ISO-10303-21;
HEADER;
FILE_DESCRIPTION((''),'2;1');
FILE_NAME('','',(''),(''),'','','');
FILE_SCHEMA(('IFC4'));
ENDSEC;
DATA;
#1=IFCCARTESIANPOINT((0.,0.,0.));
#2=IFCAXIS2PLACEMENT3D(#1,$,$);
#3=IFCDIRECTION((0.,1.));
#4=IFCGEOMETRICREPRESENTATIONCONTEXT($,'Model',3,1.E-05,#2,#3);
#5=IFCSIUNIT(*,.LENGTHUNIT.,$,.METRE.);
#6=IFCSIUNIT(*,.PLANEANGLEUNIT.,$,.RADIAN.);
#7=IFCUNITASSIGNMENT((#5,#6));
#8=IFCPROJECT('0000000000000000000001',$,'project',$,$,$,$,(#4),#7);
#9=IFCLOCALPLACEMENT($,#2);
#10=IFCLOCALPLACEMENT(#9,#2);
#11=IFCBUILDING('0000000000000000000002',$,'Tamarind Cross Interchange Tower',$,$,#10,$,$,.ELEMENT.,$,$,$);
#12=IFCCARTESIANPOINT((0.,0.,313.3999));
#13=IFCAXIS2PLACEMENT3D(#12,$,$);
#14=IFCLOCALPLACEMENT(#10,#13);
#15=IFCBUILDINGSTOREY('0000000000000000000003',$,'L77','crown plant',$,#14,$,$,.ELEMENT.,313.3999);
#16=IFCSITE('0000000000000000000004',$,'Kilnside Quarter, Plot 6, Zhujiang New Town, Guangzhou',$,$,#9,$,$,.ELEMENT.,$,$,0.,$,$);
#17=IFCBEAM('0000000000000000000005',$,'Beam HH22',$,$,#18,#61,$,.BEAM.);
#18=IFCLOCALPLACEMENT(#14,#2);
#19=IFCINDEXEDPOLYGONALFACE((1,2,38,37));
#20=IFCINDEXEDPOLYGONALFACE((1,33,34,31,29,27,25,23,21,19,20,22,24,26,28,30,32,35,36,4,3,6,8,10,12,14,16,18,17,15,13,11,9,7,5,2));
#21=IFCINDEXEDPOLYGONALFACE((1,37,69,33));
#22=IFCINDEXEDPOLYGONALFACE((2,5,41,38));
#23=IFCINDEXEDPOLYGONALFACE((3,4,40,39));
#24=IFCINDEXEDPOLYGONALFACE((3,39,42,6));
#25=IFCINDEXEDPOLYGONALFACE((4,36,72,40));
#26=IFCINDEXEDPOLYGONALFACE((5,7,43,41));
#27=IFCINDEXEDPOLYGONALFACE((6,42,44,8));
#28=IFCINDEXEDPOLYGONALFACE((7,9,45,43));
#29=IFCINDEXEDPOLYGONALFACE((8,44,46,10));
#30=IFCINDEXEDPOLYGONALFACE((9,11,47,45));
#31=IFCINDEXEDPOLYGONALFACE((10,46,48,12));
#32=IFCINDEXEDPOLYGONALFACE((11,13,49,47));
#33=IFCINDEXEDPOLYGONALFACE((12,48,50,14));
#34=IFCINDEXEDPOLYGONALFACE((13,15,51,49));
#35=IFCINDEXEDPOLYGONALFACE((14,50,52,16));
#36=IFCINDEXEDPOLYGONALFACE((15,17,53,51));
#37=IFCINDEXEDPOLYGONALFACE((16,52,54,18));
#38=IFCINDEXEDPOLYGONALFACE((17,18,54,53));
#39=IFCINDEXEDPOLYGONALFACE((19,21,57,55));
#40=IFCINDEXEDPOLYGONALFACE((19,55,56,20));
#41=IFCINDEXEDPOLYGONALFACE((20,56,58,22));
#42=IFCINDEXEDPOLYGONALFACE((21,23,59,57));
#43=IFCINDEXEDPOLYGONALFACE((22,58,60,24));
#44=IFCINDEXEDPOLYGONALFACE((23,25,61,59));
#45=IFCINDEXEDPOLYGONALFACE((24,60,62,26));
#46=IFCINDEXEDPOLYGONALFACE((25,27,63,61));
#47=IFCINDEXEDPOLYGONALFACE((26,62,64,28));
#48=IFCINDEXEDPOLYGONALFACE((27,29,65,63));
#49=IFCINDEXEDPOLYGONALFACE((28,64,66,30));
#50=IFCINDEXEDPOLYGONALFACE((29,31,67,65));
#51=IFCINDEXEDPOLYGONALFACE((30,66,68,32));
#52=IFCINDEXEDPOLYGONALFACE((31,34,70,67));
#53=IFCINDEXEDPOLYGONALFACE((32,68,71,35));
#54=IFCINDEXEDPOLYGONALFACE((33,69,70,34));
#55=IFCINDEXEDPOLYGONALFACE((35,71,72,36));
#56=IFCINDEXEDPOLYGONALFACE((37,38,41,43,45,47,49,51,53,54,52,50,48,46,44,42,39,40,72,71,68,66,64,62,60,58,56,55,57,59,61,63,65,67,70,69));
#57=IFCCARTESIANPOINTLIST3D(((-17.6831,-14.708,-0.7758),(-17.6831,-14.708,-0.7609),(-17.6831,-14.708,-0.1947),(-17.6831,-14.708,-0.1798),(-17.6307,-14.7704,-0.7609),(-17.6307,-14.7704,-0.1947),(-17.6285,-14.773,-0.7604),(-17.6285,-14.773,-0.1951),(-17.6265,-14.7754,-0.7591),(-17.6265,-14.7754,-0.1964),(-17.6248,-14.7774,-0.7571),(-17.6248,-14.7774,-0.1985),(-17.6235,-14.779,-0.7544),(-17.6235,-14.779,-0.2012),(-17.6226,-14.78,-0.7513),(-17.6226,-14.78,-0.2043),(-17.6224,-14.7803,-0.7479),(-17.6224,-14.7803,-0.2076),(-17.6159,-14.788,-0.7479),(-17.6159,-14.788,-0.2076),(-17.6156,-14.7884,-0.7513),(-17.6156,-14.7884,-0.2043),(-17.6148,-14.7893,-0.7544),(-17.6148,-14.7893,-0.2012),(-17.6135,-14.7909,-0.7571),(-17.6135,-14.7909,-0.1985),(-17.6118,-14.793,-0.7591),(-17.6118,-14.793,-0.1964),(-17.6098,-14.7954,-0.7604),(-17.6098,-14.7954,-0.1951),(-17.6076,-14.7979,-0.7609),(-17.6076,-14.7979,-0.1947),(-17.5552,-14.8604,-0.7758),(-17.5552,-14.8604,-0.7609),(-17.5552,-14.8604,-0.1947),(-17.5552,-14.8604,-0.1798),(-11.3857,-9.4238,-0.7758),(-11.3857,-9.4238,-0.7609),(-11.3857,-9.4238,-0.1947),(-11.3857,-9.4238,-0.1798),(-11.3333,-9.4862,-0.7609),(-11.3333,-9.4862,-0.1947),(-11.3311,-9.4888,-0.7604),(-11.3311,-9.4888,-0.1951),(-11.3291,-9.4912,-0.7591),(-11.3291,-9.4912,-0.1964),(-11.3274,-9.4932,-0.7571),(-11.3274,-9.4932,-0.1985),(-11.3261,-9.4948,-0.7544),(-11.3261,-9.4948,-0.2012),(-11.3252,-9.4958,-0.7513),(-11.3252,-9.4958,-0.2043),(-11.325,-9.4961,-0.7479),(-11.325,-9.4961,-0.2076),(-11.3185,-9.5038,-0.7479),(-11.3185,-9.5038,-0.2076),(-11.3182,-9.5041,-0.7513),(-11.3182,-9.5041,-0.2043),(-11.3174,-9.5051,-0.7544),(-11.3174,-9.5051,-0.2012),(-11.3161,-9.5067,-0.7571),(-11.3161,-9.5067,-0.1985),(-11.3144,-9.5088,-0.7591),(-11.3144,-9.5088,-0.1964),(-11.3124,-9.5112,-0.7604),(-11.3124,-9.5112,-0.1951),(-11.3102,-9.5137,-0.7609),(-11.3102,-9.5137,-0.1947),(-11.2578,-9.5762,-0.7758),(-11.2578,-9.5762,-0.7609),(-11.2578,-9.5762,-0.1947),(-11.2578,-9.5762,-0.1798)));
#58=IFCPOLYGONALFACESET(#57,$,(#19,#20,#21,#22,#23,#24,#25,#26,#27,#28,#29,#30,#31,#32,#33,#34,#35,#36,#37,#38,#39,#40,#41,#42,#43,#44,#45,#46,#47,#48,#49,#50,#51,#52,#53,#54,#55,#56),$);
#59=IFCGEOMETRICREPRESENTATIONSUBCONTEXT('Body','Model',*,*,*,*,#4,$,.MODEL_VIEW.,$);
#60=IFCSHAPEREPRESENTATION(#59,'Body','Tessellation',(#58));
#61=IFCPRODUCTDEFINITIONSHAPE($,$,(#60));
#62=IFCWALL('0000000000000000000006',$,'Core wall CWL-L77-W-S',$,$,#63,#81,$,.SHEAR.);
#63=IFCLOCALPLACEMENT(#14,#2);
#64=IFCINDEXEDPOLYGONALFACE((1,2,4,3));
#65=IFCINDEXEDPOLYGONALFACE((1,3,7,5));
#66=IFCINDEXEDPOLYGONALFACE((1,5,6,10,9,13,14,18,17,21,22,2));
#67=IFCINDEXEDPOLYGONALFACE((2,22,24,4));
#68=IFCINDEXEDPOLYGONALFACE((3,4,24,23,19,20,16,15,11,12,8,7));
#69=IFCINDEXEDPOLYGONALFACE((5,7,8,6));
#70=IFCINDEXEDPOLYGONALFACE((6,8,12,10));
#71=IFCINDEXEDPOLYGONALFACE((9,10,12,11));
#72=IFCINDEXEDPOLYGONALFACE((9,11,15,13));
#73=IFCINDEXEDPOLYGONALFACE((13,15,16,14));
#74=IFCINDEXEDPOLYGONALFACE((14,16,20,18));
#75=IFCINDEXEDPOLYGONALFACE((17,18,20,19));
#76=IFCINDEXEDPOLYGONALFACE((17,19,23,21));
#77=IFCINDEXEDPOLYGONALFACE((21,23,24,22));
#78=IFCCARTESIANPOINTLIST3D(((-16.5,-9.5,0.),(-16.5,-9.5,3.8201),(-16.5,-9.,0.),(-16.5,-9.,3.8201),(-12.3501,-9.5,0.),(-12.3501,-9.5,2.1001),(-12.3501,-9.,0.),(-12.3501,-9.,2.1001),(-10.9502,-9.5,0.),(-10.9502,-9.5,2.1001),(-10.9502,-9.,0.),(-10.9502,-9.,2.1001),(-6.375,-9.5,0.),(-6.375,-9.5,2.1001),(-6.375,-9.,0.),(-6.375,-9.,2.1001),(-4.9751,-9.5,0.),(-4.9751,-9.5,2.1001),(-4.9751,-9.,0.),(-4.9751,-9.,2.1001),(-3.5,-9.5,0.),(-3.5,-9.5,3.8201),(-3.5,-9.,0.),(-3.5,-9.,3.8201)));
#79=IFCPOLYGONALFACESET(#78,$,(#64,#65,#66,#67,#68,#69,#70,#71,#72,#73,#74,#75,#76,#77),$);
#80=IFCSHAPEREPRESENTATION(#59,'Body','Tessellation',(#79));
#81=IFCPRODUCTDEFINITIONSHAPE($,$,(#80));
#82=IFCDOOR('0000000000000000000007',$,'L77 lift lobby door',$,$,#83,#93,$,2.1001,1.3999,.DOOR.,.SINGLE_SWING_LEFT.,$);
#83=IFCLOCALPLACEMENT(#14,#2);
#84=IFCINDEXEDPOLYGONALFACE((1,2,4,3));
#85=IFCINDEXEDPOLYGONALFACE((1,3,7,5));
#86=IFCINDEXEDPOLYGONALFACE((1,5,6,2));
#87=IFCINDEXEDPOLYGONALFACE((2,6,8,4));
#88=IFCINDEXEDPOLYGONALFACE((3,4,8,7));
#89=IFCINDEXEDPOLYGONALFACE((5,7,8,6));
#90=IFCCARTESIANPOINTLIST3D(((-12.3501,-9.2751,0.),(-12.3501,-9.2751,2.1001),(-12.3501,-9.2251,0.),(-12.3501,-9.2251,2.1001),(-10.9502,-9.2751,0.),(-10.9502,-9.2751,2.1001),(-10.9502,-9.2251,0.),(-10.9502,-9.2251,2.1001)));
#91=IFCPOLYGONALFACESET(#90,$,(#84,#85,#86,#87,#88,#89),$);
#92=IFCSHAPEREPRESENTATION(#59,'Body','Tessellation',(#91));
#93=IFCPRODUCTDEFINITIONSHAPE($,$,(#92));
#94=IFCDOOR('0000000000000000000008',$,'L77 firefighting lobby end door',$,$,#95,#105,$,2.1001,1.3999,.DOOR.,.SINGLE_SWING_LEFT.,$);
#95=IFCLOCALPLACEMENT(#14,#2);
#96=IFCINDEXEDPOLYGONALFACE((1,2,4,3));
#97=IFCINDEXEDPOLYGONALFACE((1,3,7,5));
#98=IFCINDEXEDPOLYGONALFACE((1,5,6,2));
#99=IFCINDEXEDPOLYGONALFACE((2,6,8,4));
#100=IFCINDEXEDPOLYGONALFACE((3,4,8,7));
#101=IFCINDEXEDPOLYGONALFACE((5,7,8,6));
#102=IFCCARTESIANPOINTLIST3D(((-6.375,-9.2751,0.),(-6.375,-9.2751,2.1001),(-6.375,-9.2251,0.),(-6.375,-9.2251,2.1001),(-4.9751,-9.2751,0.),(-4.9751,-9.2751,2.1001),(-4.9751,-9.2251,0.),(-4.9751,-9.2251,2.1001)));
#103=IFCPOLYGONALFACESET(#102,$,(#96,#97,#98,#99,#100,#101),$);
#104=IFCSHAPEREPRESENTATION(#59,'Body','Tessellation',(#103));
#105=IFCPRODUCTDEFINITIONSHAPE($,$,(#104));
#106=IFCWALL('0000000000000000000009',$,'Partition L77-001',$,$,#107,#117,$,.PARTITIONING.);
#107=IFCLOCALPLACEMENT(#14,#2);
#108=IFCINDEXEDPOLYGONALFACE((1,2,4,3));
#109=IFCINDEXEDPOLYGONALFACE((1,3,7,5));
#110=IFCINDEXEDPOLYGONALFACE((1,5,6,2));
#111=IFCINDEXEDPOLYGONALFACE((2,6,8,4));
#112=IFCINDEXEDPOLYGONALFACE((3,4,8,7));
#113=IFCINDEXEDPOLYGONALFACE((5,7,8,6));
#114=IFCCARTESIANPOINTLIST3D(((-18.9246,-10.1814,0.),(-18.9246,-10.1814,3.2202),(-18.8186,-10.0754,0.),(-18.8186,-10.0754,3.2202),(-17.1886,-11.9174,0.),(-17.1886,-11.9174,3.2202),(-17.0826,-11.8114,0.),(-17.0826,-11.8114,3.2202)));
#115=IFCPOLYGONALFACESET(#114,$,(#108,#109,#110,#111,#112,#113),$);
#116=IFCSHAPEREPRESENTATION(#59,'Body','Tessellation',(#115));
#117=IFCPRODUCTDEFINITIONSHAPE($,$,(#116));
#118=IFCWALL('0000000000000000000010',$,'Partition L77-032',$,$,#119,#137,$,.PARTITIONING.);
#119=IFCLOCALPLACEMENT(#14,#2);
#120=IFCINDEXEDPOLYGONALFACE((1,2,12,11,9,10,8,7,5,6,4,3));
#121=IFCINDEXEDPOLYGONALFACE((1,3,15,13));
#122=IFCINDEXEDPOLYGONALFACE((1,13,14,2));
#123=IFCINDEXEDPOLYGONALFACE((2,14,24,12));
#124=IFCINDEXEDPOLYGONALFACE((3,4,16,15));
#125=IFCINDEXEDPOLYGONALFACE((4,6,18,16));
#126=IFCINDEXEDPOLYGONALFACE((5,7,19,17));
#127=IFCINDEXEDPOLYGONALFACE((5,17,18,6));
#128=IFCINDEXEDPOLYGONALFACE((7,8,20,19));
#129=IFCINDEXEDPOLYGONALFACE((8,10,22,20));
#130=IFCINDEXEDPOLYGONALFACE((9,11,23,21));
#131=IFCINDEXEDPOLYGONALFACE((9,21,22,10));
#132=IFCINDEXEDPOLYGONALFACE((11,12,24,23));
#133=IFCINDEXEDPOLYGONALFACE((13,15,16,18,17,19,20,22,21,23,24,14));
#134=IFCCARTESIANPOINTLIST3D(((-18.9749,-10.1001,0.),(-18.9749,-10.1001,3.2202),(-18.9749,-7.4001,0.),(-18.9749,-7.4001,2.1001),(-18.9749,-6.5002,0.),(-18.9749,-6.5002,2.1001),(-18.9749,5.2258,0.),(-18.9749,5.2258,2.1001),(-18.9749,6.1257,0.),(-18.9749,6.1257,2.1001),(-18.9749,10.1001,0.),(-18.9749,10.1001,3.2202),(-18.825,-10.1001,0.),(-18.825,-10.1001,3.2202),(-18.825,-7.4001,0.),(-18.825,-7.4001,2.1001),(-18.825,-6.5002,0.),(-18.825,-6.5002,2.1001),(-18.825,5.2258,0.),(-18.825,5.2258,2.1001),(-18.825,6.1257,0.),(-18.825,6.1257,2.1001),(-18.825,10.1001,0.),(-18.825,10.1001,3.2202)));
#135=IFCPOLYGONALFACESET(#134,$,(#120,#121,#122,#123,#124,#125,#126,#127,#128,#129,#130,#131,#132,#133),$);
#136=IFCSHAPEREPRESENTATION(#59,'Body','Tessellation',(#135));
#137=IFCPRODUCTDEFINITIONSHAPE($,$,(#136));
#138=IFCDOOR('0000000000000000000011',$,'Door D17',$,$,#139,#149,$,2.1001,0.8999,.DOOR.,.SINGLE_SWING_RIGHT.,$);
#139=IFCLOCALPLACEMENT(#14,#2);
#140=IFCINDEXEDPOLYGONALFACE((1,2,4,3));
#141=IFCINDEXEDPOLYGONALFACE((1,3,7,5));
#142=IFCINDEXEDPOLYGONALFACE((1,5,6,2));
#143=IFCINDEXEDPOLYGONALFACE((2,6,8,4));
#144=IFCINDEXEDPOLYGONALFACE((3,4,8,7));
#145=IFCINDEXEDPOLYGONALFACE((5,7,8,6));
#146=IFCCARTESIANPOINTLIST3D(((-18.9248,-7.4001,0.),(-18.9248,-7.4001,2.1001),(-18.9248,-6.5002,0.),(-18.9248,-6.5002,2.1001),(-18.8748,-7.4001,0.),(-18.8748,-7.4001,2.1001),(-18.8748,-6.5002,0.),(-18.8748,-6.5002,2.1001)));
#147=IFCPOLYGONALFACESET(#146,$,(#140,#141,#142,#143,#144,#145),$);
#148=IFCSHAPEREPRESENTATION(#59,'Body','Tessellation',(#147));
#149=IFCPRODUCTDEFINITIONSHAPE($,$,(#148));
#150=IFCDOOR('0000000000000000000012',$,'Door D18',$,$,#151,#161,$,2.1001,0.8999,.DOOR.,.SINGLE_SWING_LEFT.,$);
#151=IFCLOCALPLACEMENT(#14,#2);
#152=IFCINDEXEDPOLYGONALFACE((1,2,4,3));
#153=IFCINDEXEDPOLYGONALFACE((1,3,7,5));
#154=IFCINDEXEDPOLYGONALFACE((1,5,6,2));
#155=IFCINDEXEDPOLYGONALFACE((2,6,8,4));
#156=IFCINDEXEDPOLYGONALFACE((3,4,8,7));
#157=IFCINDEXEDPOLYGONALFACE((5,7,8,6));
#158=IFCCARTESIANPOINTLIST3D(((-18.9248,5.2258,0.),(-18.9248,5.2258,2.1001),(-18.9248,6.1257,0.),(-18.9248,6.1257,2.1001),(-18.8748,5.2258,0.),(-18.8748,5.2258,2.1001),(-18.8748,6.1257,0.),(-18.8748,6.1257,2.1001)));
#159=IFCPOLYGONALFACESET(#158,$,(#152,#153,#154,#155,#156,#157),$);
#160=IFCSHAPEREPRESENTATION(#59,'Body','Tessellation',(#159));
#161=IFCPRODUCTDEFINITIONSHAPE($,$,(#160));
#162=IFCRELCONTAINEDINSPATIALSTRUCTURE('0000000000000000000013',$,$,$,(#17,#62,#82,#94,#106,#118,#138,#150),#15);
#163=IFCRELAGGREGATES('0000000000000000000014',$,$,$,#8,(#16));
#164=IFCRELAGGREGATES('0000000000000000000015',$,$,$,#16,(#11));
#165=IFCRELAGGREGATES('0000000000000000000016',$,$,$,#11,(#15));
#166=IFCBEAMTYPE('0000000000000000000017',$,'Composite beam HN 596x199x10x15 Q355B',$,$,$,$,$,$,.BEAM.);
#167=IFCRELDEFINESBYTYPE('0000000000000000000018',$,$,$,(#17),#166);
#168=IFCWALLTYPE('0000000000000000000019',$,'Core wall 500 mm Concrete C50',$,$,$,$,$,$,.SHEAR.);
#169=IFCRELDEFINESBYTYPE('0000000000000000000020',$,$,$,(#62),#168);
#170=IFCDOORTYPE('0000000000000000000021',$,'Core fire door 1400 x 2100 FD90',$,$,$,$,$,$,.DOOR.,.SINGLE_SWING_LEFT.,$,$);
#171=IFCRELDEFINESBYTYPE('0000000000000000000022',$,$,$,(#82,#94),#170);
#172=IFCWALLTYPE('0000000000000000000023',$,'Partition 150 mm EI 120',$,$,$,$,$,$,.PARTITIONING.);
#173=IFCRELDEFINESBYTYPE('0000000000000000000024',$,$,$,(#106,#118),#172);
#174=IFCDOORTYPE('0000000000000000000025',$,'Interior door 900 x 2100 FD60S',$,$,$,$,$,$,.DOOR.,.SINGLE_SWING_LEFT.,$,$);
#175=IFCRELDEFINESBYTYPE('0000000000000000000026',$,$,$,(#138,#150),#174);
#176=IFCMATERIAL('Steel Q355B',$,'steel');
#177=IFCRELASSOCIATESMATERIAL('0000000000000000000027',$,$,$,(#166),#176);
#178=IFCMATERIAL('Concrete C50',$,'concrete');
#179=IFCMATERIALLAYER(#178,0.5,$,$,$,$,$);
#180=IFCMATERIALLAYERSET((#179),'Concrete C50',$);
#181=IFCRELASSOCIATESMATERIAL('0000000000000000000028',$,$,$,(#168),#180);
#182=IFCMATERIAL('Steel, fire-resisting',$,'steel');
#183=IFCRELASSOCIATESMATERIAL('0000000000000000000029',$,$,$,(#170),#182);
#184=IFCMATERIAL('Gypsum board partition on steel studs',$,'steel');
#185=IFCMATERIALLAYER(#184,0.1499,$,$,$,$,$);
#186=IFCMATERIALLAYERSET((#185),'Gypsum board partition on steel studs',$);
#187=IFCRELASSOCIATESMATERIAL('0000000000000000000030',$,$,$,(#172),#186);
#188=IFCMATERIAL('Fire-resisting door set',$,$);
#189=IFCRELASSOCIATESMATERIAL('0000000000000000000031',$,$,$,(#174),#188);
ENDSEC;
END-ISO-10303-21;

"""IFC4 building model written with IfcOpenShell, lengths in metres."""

from ifc_helpers import new_model, si_unit, direction, frame, frame_2d, origin, origin_2d, place, context, subcontext, project, spatial, rectangle, i_section, extrude, material, layer, layer_set, material_profile, profile_set, type_object, element, fill, save


model = new_model("IFC4")

# Units and contexts
model_context = context("Model", 3, precision=1e-05, world=origin(), true_north=direction((0.0, 1.0)))
body_context = subcontext(model_context, "Body", "Model", "MODEL_VIEW")
ifc_project = project(units=[si_unit("LENGTHUNIT", "METRE"), si_unit("PLANEANGLEUNIT", "RADIAN")], contexts=[model_context])

# Site, building, storey
site_placement = place(None, origin())
site = spatial("IfcSite", under=ifc_project, at=site_placement, Name="Kilnside Quarter, Plot 6, Zhujiang New Town, Guangzhou", CompositionType="ELEMENT", RefElevation=0.0)
building_placement = place(site_placement, origin())
building = spatial("IfcBuilding", under=site, at=building_placement, Name="Tamarind Cross Interchange Tower", CompositionType="ELEMENT")
storey_placement = place(building_placement, frame((0.0, 0.0, 313.3999)))
storey = spatial("IfcBuildingStorey", under=building, at=storey_placement, Name="L77", Description="crown plant", CompositionType="ELEMENT", Elevation=313.3999)

# Beam
ifc_material_1 = material(Name="Steel Q355B", Category="steel")
ifc_material_profile_1 = material_profile(ifc_material_1, i_section(OverallWidth=0.199, OverallDepth=0.5959, WebThickness=0.01, FlangeThickness=0.0149, FilletRadius=0.0129, at=origin_2d()), Name="HN 596x199x10x15")
ifc_profile_set_1 = profile_set([ifc_material_profile_1], Name="Steel Q355B")
beam_type = type_object("IfcBeamType", Name="Composite beam HN 596x199x10x15 Q355B", PredefinedType="BEAM", material=ifc_profile_set_1)
beam_1_placement = place(storey_placement, frame((-17.6191, -14.7842, -0.4778), z_axis=(0.766041, 0.642792, 0.0), x_axis=(-0.642792, 0.766041, 0.0)))
element("IfcBeam", 1, at=beam_1_placement, inside=storey, type_object=beam_type, Name="Beam HH22", PredefinedType="BEAM", context=body_context, shape_type="SweptSolid", body=[
    extrude(i_section(OverallWidth=0.199, OverallDepth=0.5959, WebThickness=0.01, FlangeThickness=0.0149, FilletRadius=0.0129, at=origin_2d()), origin(), (0.0, 0.0, 1.0), 8.2207),
])

# Wall, openings, doors
ifc_material_2 = material(Name="Concrete C50", Category="concrete")
ifc_layer_1 = layer(ifc_material_2, 0.5)
ifc_layer_set_1 = layer_set([ifc_layer_1], Name="Concrete C50")
wall_type_1 = type_object("IfcWallType", Name="Core wall 500 mm Concrete C50", PredefinedType="SHEAR", material=ifc_layer_set_1)
wall_1_placement = place(storey_placement, frame((-16.5, -9.25, 0.0), z_axis=(0.0, 0.0, 1.0), x_axis=(1.0, 0.0, 0.0)))
wall_1 = element("IfcWall", 2, at=wall_1_placement, inside=storey, type_object=wall_type_1, Name="Core wall CWL-L77-W-S", PredefinedType="SHEAR", context=body_context, shape_type="SweptSolid", body=[
    extrude(rectangle(XDim=13.0, YDim=0.5, at=frame_2d((6.5, 0.0))), origin(), (0.0, 0.0, 1.0), 3.8201),
])
opening_1_placement = place(wall_1_placement, frame((4.1499, 0.0, 0.0)))
opening_1 = element("IfcOpeningElement", 3, at=opening_1_placement, cuts=wall_1, PredefinedType="OPENING", context=body_context, shape_type="SweptSolid", body=[
    extrude(rectangle(XDim=1.3999, YDim=2.1001, at=frame_2d((0.7, 1.05))), frame((0.0, 0.26, 0.0), z_axis=(0.0, -1.0, 0.0), x_axis=(1.0, 0.0, 0.0)), (0.0, 0.0, 1.0), 0.52),
])
opening_2_placement = place(wall_1_placement, frame((10.125, 0.0, 0.0)))
opening_2 = element("IfcOpeningElement", 4, at=opening_2_placement, cuts=wall_1, PredefinedType="OPENING", context=body_context, shape_type="SweptSolid", body=[
    extrude(rectangle(XDim=1.3999, YDim=2.1001, at=frame_2d((0.7, 1.05))), frame((0.0, 0.26, 0.0), z_axis=(0.0, -1.0, 0.0), x_axis=(1.0, 0.0, 0.0)), (0.0, 0.0, 1.0), 0.52),
])
ifc_material_3 = material(Name="Steel, fire-resisting", Category="steel")
door_type_1 = type_object("IfcDoorType", Name="Core fire door 1400 x 2100 FD90", OperationType="SINGLE_SWING_LEFT", PredefinedType="DOOR", material=ifc_material_3)
door_1_placement = place(opening_1_placement, origin())
door_1 = element("IfcDoor", 5, at=door_1_placement, inside=storey, type_object=door_type_1, Name="L77 lift lobby door", OperationType="SINGLE_SWING_LEFT", OverallHeight=2.1001, OverallWidth=1.3999, PredefinedType="DOOR", context=body_context, shape_type="SweptSolid", body=[
    extrude(rectangle(XDim=1.3999, YDim=2.1001, at=frame_2d((0.7, 1.05))), frame((0.0, 0.0249, 0.0), z_axis=(0.0, -1.0, 0.0), x_axis=(1.0, 0.0, 0.0)), (0.0, 0.0, 1.0), 0.05),
])
fill(opening_1, door_1)
door_2_placement = place(opening_2_placement, origin())
door_2 = element("IfcDoor", 6, at=door_2_placement, inside=storey, type_object=door_type_1, Name="L77 firefighting lobby end door", OperationType="SINGLE_SWING_LEFT", OverallHeight=2.1001, OverallWidth=1.3999, PredefinedType="DOOR", context=body_context, shape_type="SweptSolid", body=[
    extrude(rectangle(XDim=1.3999, YDim=2.1001, at=frame_2d((0.7, 1.05))), frame((0.0, 0.0249, 0.0), z_axis=(0.0, -1.0, 0.0), x_axis=(1.0, 0.0, 0.0)), (0.0, 0.0, 1.0), 0.05),
])
fill(opening_2, door_2)

# Wall
ifc_material_4 = material(Name="Gypsum board partition on steel studs", Category="steel")
ifc_layer_2 = layer(ifc_material_4, 0.1499)
ifc_layer_set_2 = layer_set([ifc_layer_2], Name="Gypsum board partition on steel studs")
wall_type_2 = type_object("IfcWallType", Name="Partition 150 mm EI 120", PredefinedType="PARTITIONING", material=ifc_layer_set_2)
wall_2_placement = place(storey_placement, frame((-18.8716, -10.1284, 0.0), z_axis=(0.0, 0.0, 1.0), x_axis=(0.707107, -0.707107, 0.0)))
element("IfcWall", 7, at=wall_2_placement, inside=storey, type_object=wall_type_2, Name="Partition L77-001", PredefinedType="PARTITIONING", context=body_context, shape_type="SweptSolid", body=[
    extrude(rectangle(XDim=2.4551, YDim=0.1499, at=frame_2d((1.2275, 0.0))), origin(), (0.0, 0.0, 1.0), 3.2202),
])

# Wall, openings, doors
wall_3_placement = place(storey_placement, frame((-18.8999, -10.1001, 0.0), z_axis=(0.0, 0.0, 1.0), x_axis=(0.0, 1.0, 0.0)))
wall_3 = element("IfcWall", 8, at=wall_3_placement, inside=storey, type_object=wall_type_2, Name="Partition L77-032", PredefinedType="PARTITIONING", context=body_context, shape_type="SweptSolid", body=[
    extrude(rectangle(XDim=20.2002, YDim=0.1499, at=frame_2d((10.1001, 0.0))), origin(), (0.0, 0.0, 1.0), 3.2202),
])
opening_3_placement = place(wall_3_placement, frame((2.7, 0.0, 0.0)))
opening_3 = element("IfcOpeningElement", 9, at=opening_3_placement, cuts=wall_3, PredefinedType="OPENING", context=body_context, shape_type="SweptSolid", body=[
    extrude(rectangle(XDim=0.8999, YDim=2.1001, at=frame_2d((0.45, 1.05))), frame((0.0, 0.085, 0.0), z_axis=(0.0, -1.0, 0.0), x_axis=(1.0, 0.0, 0.0)), (0.0, 0.0, 1.0), 0.1699),
])
opening_4_placement = place(wall_3_placement, frame((15.3259, 0.0, 0.0)))
opening_4 = element("IfcOpeningElement", 10, at=opening_4_placement, cuts=wall_3, PredefinedType="OPENING", context=body_context, shape_type="SweptSolid", body=[
    extrude(rectangle(XDim=0.8999, YDim=2.1001, at=frame_2d((0.45, 1.05))), frame((0.0, 0.085, 0.0), z_axis=(0.0, -1.0, 0.0), x_axis=(1.0, 0.0, 0.0)), (0.0, 0.0, 1.0), 0.1699),
])
ifc_material_5 = material(Name="Fire-resisting door set")
door_type_2 = type_object("IfcDoorType", Name="Interior door 900 x 2100 FD60S", OperationType="SINGLE_SWING_LEFT", PredefinedType="DOOR", material=ifc_material_5)
door_3_placement = place(opening_3_placement, origin())
door_3 = element("IfcDoor", 11, at=door_3_placement, inside=storey, type_object=door_type_2, Name="Door D17", OperationType="SINGLE_SWING_RIGHT", OverallHeight=2.1001, OverallWidth=0.8999, PredefinedType="DOOR", context=body_context, shape_type="SweptSolid", body=[
    extrude(rectangle(XDim=0.8999, YDim=2.1001, at=frame_2d((0.45, 1.05))), frame((0.0, 0.0249, 0.0), z_axis=(0.0, -1.0, 0.0), x_axis=(1.0, 0.0, 0.0)), (0.0, 0.0, 1.0), 0.05),
])
fill(opening_3, door_3)
door_4_placement = place(opening_4_placement, origin())
door_4 = element("IfcDoor", 12, at=door_4_placement, inside=storey, type_object=door_type_2, Name="Door D18", OperationType="SINGLE_SWING_LEFT", OverallHeight=2.1001, OverallWidth=0.8999, PredefinedType="DOOR", context=body_context, shape_type="SweptSolid", body=[
    extrude(rectangle(XDim=0.8999, YDim=2.1001, at=frame_2d((0.45, 1.05))), frame((0.0, 0.0249, 0.0), z_axis=(0.0, -1.0, 0.0), x_axis=(1.0, 0.0, 0.0)), (0.0, 0.0, 1.0), 0.05),
])
fill(opening_4, door_4)

save(model, "model.ifc")
